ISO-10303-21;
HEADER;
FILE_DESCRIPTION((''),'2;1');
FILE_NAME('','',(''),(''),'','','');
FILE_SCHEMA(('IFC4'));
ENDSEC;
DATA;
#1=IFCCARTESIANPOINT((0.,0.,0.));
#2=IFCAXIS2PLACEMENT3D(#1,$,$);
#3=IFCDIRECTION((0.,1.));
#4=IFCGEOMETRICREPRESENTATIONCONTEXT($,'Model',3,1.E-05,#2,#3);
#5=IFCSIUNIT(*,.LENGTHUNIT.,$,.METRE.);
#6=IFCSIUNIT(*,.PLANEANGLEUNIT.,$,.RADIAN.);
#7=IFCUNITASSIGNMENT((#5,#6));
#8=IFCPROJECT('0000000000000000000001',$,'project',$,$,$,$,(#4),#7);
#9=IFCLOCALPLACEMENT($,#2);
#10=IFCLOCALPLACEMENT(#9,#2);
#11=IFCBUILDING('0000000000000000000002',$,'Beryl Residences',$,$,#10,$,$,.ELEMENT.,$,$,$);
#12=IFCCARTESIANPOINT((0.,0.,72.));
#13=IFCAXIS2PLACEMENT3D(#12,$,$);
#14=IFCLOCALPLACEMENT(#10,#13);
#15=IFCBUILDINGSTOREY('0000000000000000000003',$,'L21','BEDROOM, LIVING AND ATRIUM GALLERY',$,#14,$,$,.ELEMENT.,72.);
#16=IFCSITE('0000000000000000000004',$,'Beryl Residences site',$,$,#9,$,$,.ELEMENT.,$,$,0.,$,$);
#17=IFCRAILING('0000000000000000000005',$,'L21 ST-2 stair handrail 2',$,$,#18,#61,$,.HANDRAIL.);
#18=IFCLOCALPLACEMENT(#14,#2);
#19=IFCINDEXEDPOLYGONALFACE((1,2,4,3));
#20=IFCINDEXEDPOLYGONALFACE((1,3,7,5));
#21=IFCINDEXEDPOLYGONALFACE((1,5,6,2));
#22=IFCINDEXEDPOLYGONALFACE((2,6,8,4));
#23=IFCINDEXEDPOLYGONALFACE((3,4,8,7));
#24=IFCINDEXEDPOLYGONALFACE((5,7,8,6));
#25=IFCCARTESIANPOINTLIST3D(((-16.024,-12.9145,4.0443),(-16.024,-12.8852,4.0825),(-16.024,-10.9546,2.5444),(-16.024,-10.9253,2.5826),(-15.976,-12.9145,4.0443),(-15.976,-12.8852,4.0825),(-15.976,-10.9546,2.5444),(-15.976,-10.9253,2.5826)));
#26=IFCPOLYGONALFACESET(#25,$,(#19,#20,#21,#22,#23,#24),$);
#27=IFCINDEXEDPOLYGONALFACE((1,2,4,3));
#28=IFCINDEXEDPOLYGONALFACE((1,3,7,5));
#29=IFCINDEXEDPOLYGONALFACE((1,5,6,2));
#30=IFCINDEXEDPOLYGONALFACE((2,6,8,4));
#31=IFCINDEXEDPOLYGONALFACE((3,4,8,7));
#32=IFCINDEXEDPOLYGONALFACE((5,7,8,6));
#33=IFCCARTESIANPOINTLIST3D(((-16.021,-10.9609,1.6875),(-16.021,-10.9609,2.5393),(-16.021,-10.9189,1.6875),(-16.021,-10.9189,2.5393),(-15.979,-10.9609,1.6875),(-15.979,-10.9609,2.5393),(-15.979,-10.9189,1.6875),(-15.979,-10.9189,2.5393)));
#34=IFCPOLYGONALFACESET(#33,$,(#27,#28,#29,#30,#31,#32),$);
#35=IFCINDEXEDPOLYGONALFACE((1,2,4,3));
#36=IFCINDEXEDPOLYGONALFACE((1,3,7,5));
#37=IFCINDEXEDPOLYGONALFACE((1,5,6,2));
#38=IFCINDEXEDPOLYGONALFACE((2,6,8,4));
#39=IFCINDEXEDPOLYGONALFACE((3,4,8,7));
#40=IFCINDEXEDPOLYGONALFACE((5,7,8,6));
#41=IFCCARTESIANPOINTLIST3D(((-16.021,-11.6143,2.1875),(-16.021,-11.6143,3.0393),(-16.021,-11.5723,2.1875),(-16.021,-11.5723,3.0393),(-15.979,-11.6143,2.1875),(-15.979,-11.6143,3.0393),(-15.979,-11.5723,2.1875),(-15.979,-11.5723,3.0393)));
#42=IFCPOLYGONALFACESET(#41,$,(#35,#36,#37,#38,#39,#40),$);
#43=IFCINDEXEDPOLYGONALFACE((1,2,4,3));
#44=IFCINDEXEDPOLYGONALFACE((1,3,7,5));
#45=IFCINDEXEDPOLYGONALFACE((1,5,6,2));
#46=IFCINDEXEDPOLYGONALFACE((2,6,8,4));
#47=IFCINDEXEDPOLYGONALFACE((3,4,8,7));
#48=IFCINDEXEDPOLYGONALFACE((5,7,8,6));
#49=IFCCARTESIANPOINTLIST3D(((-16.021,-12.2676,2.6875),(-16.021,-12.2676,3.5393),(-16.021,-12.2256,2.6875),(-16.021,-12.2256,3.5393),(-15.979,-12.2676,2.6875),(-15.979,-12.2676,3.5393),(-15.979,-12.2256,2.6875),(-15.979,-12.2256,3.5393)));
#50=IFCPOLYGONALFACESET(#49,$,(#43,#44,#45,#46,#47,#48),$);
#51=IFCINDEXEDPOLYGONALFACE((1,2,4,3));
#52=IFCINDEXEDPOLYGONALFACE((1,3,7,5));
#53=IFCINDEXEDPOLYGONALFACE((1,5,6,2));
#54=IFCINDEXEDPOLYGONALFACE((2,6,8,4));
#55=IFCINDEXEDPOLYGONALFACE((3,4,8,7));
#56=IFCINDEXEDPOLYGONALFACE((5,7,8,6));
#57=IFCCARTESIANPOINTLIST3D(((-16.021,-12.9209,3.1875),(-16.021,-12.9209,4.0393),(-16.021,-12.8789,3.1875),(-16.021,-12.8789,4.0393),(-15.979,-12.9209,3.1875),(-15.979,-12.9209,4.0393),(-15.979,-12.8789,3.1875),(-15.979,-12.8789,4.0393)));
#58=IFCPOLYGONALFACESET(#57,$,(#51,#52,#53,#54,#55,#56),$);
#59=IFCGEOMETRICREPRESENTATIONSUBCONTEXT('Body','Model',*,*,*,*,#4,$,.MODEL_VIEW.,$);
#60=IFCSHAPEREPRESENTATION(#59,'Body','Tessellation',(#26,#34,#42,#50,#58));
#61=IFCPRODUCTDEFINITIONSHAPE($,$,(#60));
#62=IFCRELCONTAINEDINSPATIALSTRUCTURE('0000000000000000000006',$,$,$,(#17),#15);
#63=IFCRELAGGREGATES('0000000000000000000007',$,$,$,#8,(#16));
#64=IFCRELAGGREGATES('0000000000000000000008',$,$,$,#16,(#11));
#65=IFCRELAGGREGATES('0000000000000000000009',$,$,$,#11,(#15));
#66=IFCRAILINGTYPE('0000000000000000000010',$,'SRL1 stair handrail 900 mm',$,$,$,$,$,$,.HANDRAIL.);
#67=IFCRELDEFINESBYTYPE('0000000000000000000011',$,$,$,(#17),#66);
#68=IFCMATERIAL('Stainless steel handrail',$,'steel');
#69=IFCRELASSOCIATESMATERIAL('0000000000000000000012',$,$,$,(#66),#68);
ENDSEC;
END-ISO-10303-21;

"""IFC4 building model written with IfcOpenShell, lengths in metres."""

from ifc_helpers import new_model, si_unit, direction, frame, origin, origin_2d, place, context, subcontext, project, spatial, rectangle, extrude, material, type_object, element, save


model = new_model("IFC4")

# Units and contexts
model_context = context("Model", 3, precision=1e-05, world=origin(), true_north=direction((0.0, 1.0)))
body_context = subcontext(model_context, "Body", "Model", "MODEL_VIEW")
ifc_project = project(units=[si_unit("LENGTHUNIT", "METRE"), si_unit("PLANEANGLEUNIT", "RADIAN")], contexts=[model_context])

# Site, building, storey
site_placement = place(None, origin())
site = spatial("IfcSite", under=ifc_project, at=site_placement, Name="Beryl Residences site", CompositionType="ELEMENT", RefElevation=0.0)
building_placement = place(site_placement, origin())
building = spatial("IfcBuilding", under=site, at=building_placement, Name="Beryl Residences", CompositionType="ELEMENT")
storey_placement = place(building_placement, frame((0.0, 0.0, 72.0)))
storey = spatial("IfcBuildingStorey", under=building, at=storey_placement, Name="L21", Description="BEDROOM, LIVING AND ATRIUM GALLERY", CompositionType="ELEMENT", Elevation=72.0)

# Railing
ifc_material_1 = material(Name="Stainless steel handrail", Category="steel")
railing_type_1 = type_object("IfcRailingType", Name="SRL1 stair handrail 900 mm", PredefinedType="HANDRAIL", material=ifc_material_1)
railing_1_placement = place(storey_placement, frame((-16.0, -10.9399, 1.6875)))
element("IfcRailing", 1, at=railing_1_placement, inside=storey, type_object=railing_type_1, Name="L21 ST-2 stair handrail 2", PredefinedType="HANDRAIL", context=body_context, shape_type="SweptSolid", body=[
    extrude(rectangle(XDim=0.0481, YDim=0.0481, at=origin_2d()), frame((0.0, 0.0, 0.876), z_axis=(0.0, -0.794122, 0.607758), x_axis=(1.0, 0.0, 0.0)), (0.0, 0.0, 1.0), 2.468),
    extrude(rectangle(XDim=0.042, YDim=0.042, at=origin_2d()), origin(), (0.0, 0.0, 1.0), 0.8518),
    extrude(rectangle(XDim=0.042, YDim=0.042, at=origin_2d()), frame((0.0, -0.6533, 0.5)), (0.0, 0.0, 1.0), 0.8518),
    extrude(rectangle(XDim=0.042, YDim=0.042, at=origin_2d()), frame((0.0, -1.3066, 1.0)), (0.0, 0.0, 1.0), 0.8518),
    extrude(rectangle(XDim=0.042, YDim=0.042, at=origin_2d()), frame((0.0, -1.96, 1.5)), (0.0, 0.0, 1.0), 0.8518),
])

save(model, "model.ifc")
